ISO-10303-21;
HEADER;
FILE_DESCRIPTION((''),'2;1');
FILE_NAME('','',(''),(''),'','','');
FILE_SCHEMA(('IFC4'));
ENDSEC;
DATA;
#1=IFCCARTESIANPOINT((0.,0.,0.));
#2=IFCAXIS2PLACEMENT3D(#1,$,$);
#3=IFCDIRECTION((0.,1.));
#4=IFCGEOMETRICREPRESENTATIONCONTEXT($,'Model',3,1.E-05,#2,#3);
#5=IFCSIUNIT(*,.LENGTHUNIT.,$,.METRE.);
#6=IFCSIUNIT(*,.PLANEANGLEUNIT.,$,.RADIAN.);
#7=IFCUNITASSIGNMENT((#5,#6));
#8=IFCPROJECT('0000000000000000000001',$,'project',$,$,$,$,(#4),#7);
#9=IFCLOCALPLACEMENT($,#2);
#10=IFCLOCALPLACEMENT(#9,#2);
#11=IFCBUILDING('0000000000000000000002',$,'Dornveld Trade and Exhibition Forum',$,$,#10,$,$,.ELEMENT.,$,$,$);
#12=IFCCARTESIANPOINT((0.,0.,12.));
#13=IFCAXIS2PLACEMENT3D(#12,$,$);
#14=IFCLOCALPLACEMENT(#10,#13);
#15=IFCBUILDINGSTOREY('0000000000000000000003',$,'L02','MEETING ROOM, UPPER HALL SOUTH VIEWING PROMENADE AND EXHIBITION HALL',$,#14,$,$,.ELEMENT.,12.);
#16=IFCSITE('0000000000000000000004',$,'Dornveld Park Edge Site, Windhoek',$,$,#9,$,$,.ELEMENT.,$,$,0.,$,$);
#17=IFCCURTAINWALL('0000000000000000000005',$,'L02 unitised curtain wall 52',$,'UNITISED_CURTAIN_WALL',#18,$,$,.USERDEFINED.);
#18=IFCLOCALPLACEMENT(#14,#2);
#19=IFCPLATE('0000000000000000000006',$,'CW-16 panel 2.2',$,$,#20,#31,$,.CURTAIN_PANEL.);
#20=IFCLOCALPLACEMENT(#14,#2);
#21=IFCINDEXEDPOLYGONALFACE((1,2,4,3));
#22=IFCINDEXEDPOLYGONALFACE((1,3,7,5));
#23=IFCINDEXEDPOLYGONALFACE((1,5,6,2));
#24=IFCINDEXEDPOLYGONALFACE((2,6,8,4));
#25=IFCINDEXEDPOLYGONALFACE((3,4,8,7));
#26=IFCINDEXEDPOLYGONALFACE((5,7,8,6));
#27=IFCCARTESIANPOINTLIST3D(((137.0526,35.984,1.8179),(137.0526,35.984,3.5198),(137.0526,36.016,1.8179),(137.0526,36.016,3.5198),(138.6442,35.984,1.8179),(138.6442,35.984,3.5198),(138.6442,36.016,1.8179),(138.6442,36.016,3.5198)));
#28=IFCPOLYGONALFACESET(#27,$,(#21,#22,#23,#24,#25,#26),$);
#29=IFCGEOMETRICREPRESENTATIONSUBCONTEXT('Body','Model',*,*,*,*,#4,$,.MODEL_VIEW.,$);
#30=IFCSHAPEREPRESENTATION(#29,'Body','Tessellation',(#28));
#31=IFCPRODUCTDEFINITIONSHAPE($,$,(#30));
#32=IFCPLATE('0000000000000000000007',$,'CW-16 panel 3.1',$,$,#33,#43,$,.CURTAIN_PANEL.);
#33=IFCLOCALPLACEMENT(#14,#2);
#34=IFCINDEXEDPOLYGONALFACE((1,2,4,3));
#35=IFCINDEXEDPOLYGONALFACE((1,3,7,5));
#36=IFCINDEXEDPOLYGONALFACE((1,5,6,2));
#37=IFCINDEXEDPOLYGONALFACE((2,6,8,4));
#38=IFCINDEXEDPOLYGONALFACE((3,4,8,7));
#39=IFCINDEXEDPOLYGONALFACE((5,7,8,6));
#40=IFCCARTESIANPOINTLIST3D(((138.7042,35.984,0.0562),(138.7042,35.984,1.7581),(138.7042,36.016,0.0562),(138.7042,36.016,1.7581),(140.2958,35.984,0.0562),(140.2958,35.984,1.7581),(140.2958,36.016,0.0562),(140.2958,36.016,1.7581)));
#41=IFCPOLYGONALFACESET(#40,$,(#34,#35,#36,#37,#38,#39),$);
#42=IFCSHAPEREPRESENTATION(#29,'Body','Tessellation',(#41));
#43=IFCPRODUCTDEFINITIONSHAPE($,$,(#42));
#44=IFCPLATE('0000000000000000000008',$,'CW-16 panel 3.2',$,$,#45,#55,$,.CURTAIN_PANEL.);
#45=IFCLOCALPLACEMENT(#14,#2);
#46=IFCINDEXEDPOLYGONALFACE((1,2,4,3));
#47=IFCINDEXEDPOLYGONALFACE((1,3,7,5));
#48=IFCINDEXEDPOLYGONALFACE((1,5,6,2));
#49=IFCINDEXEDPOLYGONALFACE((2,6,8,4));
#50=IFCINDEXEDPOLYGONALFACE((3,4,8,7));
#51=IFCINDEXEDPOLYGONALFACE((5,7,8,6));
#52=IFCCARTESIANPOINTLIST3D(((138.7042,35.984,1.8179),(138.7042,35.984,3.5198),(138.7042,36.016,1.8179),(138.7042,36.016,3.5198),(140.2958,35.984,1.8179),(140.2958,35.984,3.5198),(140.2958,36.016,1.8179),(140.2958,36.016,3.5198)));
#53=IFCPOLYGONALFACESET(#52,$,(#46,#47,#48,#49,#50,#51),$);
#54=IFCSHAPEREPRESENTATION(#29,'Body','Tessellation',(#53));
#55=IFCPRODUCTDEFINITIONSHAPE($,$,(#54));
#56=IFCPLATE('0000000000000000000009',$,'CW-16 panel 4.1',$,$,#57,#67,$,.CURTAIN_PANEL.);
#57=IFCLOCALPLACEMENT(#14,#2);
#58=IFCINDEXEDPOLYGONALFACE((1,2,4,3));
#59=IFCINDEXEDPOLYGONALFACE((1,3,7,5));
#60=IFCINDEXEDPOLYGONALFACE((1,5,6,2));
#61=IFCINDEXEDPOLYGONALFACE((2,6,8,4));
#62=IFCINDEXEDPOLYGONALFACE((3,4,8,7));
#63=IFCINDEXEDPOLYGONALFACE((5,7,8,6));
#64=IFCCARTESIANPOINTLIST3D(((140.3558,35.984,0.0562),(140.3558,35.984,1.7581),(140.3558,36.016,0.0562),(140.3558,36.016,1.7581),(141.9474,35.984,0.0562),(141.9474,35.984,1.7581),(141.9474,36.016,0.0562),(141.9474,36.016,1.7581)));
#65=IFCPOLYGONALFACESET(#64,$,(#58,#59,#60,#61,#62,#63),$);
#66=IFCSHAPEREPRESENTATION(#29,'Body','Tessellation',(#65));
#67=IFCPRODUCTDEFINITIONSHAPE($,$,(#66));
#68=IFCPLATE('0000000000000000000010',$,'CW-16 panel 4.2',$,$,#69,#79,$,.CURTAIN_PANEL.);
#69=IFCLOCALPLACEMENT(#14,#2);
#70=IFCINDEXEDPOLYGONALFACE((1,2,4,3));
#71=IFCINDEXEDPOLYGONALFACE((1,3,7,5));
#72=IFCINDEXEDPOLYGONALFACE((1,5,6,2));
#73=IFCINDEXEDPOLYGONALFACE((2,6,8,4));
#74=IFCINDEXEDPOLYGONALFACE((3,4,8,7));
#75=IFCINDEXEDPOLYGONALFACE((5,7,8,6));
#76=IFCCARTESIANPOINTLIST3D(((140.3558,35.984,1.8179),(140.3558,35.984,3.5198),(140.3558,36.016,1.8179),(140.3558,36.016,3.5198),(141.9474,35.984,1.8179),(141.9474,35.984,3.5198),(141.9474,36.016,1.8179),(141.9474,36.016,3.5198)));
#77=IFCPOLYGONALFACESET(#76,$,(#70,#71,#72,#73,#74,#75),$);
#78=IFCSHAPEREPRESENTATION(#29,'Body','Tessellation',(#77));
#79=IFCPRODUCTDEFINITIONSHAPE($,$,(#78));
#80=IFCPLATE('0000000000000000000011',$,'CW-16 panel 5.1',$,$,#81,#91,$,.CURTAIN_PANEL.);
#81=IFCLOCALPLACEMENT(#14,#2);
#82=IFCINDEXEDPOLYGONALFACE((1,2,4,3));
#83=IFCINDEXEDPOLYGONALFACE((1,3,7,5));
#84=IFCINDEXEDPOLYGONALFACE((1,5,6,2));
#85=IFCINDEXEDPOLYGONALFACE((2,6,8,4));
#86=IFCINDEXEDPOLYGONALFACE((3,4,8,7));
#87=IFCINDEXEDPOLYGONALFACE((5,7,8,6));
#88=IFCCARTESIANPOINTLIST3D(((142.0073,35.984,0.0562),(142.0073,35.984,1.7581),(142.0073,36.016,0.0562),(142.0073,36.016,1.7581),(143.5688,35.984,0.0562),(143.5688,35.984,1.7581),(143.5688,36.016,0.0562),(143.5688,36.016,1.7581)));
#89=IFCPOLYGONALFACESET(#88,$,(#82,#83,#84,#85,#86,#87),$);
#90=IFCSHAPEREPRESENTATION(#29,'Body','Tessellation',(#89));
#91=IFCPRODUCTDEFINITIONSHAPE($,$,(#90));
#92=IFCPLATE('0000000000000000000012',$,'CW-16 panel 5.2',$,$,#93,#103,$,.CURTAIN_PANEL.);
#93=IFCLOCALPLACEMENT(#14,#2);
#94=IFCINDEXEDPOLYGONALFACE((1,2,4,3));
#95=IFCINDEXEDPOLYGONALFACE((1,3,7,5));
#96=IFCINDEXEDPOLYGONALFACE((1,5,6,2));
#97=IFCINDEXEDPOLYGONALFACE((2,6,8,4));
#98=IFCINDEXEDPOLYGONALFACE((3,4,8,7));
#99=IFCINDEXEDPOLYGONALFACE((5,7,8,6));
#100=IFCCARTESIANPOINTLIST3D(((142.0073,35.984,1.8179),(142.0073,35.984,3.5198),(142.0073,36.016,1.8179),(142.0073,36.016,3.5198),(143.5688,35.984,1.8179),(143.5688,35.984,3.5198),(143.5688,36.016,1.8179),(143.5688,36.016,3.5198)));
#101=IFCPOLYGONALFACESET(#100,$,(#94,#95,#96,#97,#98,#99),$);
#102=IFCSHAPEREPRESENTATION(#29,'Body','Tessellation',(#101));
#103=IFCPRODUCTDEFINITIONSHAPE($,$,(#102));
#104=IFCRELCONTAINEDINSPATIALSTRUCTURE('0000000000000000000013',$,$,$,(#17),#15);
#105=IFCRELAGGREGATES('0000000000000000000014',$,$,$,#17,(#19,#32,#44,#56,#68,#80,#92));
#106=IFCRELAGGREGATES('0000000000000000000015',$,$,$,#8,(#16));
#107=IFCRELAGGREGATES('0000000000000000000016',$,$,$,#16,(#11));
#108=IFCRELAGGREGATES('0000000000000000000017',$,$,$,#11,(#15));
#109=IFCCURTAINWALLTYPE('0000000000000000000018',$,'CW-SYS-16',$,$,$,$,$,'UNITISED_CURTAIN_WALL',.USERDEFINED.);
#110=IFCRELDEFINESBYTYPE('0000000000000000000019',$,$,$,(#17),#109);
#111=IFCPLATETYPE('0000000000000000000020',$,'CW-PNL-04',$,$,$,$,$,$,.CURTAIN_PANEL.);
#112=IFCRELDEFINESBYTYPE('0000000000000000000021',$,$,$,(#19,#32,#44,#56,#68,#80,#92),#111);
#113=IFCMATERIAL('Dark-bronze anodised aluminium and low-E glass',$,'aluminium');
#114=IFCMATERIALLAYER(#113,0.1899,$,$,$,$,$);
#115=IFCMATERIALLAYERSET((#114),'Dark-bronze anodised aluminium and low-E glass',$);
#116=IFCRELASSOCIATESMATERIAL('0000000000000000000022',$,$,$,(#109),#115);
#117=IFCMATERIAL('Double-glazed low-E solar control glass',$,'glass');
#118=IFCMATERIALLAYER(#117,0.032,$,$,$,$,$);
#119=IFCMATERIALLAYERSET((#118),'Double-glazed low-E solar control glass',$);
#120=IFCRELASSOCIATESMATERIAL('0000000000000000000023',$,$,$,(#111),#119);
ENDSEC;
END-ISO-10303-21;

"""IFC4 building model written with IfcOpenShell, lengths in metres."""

from ifc_helpers import new_model, si_unit, direction, frame, origin, origin_2d, place, context, subcontext, project, spatial, rectangle, extrude, material, layer, layer_set, type_object, element, aggregate, save


model = new_model("IFC4")

# Units and contexts
model_context = context("Model", 3, precision=1e-05, world=origin(), true_north=direction((0.0, 1.0)))
body_context = subcontext(model_context, "Body", "Model", "MODEL_VIEW")
ifc_project = project(units=[si_unit("LENGTHUNIT", "METRE"), si_unit("PLANEANGLEUNIT", "RADIAN")], contexts=[model_context])

# Site, building, storey
site_placement = place(None, origin())
site = spatial("IfcSite", under=ifc_project, at=site_placement, Name="Dornveld Park Edge Site, Windhoek", CompositionType="ELEMENT", RefElevation=0.0)
building_placement = place(site_placement, origin())
building = spatial("IfcBuilding", under=site, at=building_placement, Name="Dornveld Trade and Exhibition Forum", CompositionType="ELEMENT")
storey_placement = place(building_placement, frame((0.0, 0.0, 12.0)))
storey = spatial("IfcBuildingStorey", under=building, at=storey_placement, Name="L02", Description="MEETING ROOM, UPPER HALL SOUTH VIEWING PROMENADE AND EXHIBITION HALL", CompositionType="ELEMENT", Elevation=12.0)

# Curtain wall, plates
ifc_material_1 = material(Name="Dark-bronze anodised aluminium and low-E glass", Category="aluminium")
ifc_layer_1 = layer(ifc_material_1, 0.1899)
ifc_layer_set_1 = layer_set([ifc_layer_1], Name="Dark-bronze anodised aluminium and low-E glass")
curtain_wall_type = type_object("IfcCurtainWallType", Name="CW-SYS-16", ElementType="UNITISED_CURTAIN_WALL", PredefinedType="USERDEFINED", material=ifc_layer_set_1)
curtain_wall_placement = place(storey_placement, origin())
curtain_wall = element("IfcCurtainWall", 1, at=curtain_wall_placement, inside=storey, type_object=curtain_wall_type, Name="L02 unitised curtain wall 52", ObjectType="UNITISED_CURTAIN_WALL", PredefinedType="USERDEFINED")
ifc_material_2 = material(Name="Double-glazed low-E solar control glass", Category="glass")
ifc_layer_2 = layer(ifc_material_2, 0.032)
ifc_layer_set_2 = layer_set([ifc_layer_2], Name="Double-glazed low-E solar control glass")
plate_type = type_object("IfcPlateType", Name="CW-PNL-04", PredefinedType="CURTAIN_PANEL", material=ifc_layer_set_2)
plate_1_placement = place(storey_placement, frame((137.8484, 36.0, 1.8179), z_axis=(0.0, 0.0, 1.0), x_axis=(1.0, 0.0, 0.0)))
plate_1 = element("IfcPlate", 2, at=plate_1_placement, type_object=plate_type, Name="CW-16 panel 2.2", PredefinedType="CURTAIN_PANEL", context=body_context, shape_type="SweptSolid", body=[
    extrude(rectangle(XDim=1.5916, YDim=0.032, at=origin_2d()), origin(), (0.0, 0.0, 1.0), 1.7019),
])
plate_2_placement = place(storey_placement, frame((139.5, 36.0, 0.0562), z_axis=(0.0, 0.0, 1.0), x_axis=(1.0, 0.0, 0.0)))
plate_2 = element("IfcPlate", 3, at=plate_2_placement, type_object=plate_type, Name="CW-16 panel 3.1", PredefinedType="CURTAIN_PANEL", context=body_context, shape_type="SweptSolid", body=[
    extrude(rectangle(XDim=1.5916, YDim=0.032, at=origin_2d()), origin(), (0.0, 0.0, 1.0), 1.7019),
])
plate_3_placement = place(storey_placement, frame((139.5, 36.0, 1.8179), z_axis=(0.0, 0.0, 1.0), x_axis=(1.0, 0.0, 0.0)))
plate_3 = element("IfcPlate", 4, at=plate_3_placement, type_object=plate_type, Name="CW-16 panel 3.2", PredefinedType="CURTAIN_PANEL", context=body_context, shape_type="SweptSolid", body=[
    extrude(rectangle(XDim=1.5916, YDim=0.032, at=origin_2d()), origin(), (0.0, 0.0, 1.0), 1.7019),
])
plate_4_placement = place(storey_placement, frame((141.1516, 36.0, 0.0562), z_axis=(0.0, 0.0, 1.0), x_axis=(1.0, 0.0, 0.0)))
plate_4 = element("IfcPlate", 5, at=plate_4_placement, type_object=plate_type, Name="CW-16 panel 4.1", PredefinedType="CURTAIN_PANEL", context=body_context, shape_type="SweptSolid", body=[
    extrude(rectangle(XDim=1.5916, YDim=0.032, at=origin_2d()), origin(), (0.0, 0.0, 1.0), 1.7019),
])
plate_5_placement = place(storey_placement, frame((141.1516, 36.0, 1.8179), z_axis=(0.0, 0.0, 1.0), x_axis=(1.0, 0.0, 0.0)))
plate_5 = element("IfcPlate", 6, at=plate_5_placement, type_object=plate_type, Name="CW-16 panel 4.2", PredefinedType="CURTAIN_PANEL", context=body_context, shape_type="SweptSolid", body=[
    extrude(rectangle(XDim=1.5916, YDim=0.032, at=origin_2d()), origin(), (0.0, 0.0, 1.0), 1.7019),
])
plate_6_placement = place(storey_placement, frame((142.7881, 36.0, 0.0562), z_axis=(0.0, 0.0, 1.0), x_axis=(1.0, 0.0, 0.0)))
plate_6 = element("IfcPlate", 7, at=plate_6_placement, type_object=plate_type, Name="CW-16 panel 5.1", PredefinedType="CURTAIN_PANEL", context=body_context, shape_type="SweptSolid", body=[
    extrude(rectangle(XDim=1.5615, YDim=0.032, at=origin_2d()), origin(), (0.0, 0.0, 1.0), 1.7019),
])
plate_7_placement = place(storey_placement, frame((142.7881, 36.0, 1.8179), z_axis=(0.0, 0.0, 1.0), x_axis=(1.0, 0.0, 0.0)))
plate_7 = element("IfcPlate", 8, at=plate_7_placement, type_object=plate_type, Name="CW-16 panel 5.2", PredefinedType="CURTAIN_PANEL", context=body_context, shape_type="SweptSolid", body=[
    extrude(rectangle(XDim=1.5615, YDim=0.032, at=origin_2d()), origin(), (0.0, 0.0, 1.0), 1.7019),
])
aggregate(curtain_wall, [plate_1, plate_2, plate_3, plate_4, plate_5, plate_6, plate_7])

save(model, "model.ifc")
